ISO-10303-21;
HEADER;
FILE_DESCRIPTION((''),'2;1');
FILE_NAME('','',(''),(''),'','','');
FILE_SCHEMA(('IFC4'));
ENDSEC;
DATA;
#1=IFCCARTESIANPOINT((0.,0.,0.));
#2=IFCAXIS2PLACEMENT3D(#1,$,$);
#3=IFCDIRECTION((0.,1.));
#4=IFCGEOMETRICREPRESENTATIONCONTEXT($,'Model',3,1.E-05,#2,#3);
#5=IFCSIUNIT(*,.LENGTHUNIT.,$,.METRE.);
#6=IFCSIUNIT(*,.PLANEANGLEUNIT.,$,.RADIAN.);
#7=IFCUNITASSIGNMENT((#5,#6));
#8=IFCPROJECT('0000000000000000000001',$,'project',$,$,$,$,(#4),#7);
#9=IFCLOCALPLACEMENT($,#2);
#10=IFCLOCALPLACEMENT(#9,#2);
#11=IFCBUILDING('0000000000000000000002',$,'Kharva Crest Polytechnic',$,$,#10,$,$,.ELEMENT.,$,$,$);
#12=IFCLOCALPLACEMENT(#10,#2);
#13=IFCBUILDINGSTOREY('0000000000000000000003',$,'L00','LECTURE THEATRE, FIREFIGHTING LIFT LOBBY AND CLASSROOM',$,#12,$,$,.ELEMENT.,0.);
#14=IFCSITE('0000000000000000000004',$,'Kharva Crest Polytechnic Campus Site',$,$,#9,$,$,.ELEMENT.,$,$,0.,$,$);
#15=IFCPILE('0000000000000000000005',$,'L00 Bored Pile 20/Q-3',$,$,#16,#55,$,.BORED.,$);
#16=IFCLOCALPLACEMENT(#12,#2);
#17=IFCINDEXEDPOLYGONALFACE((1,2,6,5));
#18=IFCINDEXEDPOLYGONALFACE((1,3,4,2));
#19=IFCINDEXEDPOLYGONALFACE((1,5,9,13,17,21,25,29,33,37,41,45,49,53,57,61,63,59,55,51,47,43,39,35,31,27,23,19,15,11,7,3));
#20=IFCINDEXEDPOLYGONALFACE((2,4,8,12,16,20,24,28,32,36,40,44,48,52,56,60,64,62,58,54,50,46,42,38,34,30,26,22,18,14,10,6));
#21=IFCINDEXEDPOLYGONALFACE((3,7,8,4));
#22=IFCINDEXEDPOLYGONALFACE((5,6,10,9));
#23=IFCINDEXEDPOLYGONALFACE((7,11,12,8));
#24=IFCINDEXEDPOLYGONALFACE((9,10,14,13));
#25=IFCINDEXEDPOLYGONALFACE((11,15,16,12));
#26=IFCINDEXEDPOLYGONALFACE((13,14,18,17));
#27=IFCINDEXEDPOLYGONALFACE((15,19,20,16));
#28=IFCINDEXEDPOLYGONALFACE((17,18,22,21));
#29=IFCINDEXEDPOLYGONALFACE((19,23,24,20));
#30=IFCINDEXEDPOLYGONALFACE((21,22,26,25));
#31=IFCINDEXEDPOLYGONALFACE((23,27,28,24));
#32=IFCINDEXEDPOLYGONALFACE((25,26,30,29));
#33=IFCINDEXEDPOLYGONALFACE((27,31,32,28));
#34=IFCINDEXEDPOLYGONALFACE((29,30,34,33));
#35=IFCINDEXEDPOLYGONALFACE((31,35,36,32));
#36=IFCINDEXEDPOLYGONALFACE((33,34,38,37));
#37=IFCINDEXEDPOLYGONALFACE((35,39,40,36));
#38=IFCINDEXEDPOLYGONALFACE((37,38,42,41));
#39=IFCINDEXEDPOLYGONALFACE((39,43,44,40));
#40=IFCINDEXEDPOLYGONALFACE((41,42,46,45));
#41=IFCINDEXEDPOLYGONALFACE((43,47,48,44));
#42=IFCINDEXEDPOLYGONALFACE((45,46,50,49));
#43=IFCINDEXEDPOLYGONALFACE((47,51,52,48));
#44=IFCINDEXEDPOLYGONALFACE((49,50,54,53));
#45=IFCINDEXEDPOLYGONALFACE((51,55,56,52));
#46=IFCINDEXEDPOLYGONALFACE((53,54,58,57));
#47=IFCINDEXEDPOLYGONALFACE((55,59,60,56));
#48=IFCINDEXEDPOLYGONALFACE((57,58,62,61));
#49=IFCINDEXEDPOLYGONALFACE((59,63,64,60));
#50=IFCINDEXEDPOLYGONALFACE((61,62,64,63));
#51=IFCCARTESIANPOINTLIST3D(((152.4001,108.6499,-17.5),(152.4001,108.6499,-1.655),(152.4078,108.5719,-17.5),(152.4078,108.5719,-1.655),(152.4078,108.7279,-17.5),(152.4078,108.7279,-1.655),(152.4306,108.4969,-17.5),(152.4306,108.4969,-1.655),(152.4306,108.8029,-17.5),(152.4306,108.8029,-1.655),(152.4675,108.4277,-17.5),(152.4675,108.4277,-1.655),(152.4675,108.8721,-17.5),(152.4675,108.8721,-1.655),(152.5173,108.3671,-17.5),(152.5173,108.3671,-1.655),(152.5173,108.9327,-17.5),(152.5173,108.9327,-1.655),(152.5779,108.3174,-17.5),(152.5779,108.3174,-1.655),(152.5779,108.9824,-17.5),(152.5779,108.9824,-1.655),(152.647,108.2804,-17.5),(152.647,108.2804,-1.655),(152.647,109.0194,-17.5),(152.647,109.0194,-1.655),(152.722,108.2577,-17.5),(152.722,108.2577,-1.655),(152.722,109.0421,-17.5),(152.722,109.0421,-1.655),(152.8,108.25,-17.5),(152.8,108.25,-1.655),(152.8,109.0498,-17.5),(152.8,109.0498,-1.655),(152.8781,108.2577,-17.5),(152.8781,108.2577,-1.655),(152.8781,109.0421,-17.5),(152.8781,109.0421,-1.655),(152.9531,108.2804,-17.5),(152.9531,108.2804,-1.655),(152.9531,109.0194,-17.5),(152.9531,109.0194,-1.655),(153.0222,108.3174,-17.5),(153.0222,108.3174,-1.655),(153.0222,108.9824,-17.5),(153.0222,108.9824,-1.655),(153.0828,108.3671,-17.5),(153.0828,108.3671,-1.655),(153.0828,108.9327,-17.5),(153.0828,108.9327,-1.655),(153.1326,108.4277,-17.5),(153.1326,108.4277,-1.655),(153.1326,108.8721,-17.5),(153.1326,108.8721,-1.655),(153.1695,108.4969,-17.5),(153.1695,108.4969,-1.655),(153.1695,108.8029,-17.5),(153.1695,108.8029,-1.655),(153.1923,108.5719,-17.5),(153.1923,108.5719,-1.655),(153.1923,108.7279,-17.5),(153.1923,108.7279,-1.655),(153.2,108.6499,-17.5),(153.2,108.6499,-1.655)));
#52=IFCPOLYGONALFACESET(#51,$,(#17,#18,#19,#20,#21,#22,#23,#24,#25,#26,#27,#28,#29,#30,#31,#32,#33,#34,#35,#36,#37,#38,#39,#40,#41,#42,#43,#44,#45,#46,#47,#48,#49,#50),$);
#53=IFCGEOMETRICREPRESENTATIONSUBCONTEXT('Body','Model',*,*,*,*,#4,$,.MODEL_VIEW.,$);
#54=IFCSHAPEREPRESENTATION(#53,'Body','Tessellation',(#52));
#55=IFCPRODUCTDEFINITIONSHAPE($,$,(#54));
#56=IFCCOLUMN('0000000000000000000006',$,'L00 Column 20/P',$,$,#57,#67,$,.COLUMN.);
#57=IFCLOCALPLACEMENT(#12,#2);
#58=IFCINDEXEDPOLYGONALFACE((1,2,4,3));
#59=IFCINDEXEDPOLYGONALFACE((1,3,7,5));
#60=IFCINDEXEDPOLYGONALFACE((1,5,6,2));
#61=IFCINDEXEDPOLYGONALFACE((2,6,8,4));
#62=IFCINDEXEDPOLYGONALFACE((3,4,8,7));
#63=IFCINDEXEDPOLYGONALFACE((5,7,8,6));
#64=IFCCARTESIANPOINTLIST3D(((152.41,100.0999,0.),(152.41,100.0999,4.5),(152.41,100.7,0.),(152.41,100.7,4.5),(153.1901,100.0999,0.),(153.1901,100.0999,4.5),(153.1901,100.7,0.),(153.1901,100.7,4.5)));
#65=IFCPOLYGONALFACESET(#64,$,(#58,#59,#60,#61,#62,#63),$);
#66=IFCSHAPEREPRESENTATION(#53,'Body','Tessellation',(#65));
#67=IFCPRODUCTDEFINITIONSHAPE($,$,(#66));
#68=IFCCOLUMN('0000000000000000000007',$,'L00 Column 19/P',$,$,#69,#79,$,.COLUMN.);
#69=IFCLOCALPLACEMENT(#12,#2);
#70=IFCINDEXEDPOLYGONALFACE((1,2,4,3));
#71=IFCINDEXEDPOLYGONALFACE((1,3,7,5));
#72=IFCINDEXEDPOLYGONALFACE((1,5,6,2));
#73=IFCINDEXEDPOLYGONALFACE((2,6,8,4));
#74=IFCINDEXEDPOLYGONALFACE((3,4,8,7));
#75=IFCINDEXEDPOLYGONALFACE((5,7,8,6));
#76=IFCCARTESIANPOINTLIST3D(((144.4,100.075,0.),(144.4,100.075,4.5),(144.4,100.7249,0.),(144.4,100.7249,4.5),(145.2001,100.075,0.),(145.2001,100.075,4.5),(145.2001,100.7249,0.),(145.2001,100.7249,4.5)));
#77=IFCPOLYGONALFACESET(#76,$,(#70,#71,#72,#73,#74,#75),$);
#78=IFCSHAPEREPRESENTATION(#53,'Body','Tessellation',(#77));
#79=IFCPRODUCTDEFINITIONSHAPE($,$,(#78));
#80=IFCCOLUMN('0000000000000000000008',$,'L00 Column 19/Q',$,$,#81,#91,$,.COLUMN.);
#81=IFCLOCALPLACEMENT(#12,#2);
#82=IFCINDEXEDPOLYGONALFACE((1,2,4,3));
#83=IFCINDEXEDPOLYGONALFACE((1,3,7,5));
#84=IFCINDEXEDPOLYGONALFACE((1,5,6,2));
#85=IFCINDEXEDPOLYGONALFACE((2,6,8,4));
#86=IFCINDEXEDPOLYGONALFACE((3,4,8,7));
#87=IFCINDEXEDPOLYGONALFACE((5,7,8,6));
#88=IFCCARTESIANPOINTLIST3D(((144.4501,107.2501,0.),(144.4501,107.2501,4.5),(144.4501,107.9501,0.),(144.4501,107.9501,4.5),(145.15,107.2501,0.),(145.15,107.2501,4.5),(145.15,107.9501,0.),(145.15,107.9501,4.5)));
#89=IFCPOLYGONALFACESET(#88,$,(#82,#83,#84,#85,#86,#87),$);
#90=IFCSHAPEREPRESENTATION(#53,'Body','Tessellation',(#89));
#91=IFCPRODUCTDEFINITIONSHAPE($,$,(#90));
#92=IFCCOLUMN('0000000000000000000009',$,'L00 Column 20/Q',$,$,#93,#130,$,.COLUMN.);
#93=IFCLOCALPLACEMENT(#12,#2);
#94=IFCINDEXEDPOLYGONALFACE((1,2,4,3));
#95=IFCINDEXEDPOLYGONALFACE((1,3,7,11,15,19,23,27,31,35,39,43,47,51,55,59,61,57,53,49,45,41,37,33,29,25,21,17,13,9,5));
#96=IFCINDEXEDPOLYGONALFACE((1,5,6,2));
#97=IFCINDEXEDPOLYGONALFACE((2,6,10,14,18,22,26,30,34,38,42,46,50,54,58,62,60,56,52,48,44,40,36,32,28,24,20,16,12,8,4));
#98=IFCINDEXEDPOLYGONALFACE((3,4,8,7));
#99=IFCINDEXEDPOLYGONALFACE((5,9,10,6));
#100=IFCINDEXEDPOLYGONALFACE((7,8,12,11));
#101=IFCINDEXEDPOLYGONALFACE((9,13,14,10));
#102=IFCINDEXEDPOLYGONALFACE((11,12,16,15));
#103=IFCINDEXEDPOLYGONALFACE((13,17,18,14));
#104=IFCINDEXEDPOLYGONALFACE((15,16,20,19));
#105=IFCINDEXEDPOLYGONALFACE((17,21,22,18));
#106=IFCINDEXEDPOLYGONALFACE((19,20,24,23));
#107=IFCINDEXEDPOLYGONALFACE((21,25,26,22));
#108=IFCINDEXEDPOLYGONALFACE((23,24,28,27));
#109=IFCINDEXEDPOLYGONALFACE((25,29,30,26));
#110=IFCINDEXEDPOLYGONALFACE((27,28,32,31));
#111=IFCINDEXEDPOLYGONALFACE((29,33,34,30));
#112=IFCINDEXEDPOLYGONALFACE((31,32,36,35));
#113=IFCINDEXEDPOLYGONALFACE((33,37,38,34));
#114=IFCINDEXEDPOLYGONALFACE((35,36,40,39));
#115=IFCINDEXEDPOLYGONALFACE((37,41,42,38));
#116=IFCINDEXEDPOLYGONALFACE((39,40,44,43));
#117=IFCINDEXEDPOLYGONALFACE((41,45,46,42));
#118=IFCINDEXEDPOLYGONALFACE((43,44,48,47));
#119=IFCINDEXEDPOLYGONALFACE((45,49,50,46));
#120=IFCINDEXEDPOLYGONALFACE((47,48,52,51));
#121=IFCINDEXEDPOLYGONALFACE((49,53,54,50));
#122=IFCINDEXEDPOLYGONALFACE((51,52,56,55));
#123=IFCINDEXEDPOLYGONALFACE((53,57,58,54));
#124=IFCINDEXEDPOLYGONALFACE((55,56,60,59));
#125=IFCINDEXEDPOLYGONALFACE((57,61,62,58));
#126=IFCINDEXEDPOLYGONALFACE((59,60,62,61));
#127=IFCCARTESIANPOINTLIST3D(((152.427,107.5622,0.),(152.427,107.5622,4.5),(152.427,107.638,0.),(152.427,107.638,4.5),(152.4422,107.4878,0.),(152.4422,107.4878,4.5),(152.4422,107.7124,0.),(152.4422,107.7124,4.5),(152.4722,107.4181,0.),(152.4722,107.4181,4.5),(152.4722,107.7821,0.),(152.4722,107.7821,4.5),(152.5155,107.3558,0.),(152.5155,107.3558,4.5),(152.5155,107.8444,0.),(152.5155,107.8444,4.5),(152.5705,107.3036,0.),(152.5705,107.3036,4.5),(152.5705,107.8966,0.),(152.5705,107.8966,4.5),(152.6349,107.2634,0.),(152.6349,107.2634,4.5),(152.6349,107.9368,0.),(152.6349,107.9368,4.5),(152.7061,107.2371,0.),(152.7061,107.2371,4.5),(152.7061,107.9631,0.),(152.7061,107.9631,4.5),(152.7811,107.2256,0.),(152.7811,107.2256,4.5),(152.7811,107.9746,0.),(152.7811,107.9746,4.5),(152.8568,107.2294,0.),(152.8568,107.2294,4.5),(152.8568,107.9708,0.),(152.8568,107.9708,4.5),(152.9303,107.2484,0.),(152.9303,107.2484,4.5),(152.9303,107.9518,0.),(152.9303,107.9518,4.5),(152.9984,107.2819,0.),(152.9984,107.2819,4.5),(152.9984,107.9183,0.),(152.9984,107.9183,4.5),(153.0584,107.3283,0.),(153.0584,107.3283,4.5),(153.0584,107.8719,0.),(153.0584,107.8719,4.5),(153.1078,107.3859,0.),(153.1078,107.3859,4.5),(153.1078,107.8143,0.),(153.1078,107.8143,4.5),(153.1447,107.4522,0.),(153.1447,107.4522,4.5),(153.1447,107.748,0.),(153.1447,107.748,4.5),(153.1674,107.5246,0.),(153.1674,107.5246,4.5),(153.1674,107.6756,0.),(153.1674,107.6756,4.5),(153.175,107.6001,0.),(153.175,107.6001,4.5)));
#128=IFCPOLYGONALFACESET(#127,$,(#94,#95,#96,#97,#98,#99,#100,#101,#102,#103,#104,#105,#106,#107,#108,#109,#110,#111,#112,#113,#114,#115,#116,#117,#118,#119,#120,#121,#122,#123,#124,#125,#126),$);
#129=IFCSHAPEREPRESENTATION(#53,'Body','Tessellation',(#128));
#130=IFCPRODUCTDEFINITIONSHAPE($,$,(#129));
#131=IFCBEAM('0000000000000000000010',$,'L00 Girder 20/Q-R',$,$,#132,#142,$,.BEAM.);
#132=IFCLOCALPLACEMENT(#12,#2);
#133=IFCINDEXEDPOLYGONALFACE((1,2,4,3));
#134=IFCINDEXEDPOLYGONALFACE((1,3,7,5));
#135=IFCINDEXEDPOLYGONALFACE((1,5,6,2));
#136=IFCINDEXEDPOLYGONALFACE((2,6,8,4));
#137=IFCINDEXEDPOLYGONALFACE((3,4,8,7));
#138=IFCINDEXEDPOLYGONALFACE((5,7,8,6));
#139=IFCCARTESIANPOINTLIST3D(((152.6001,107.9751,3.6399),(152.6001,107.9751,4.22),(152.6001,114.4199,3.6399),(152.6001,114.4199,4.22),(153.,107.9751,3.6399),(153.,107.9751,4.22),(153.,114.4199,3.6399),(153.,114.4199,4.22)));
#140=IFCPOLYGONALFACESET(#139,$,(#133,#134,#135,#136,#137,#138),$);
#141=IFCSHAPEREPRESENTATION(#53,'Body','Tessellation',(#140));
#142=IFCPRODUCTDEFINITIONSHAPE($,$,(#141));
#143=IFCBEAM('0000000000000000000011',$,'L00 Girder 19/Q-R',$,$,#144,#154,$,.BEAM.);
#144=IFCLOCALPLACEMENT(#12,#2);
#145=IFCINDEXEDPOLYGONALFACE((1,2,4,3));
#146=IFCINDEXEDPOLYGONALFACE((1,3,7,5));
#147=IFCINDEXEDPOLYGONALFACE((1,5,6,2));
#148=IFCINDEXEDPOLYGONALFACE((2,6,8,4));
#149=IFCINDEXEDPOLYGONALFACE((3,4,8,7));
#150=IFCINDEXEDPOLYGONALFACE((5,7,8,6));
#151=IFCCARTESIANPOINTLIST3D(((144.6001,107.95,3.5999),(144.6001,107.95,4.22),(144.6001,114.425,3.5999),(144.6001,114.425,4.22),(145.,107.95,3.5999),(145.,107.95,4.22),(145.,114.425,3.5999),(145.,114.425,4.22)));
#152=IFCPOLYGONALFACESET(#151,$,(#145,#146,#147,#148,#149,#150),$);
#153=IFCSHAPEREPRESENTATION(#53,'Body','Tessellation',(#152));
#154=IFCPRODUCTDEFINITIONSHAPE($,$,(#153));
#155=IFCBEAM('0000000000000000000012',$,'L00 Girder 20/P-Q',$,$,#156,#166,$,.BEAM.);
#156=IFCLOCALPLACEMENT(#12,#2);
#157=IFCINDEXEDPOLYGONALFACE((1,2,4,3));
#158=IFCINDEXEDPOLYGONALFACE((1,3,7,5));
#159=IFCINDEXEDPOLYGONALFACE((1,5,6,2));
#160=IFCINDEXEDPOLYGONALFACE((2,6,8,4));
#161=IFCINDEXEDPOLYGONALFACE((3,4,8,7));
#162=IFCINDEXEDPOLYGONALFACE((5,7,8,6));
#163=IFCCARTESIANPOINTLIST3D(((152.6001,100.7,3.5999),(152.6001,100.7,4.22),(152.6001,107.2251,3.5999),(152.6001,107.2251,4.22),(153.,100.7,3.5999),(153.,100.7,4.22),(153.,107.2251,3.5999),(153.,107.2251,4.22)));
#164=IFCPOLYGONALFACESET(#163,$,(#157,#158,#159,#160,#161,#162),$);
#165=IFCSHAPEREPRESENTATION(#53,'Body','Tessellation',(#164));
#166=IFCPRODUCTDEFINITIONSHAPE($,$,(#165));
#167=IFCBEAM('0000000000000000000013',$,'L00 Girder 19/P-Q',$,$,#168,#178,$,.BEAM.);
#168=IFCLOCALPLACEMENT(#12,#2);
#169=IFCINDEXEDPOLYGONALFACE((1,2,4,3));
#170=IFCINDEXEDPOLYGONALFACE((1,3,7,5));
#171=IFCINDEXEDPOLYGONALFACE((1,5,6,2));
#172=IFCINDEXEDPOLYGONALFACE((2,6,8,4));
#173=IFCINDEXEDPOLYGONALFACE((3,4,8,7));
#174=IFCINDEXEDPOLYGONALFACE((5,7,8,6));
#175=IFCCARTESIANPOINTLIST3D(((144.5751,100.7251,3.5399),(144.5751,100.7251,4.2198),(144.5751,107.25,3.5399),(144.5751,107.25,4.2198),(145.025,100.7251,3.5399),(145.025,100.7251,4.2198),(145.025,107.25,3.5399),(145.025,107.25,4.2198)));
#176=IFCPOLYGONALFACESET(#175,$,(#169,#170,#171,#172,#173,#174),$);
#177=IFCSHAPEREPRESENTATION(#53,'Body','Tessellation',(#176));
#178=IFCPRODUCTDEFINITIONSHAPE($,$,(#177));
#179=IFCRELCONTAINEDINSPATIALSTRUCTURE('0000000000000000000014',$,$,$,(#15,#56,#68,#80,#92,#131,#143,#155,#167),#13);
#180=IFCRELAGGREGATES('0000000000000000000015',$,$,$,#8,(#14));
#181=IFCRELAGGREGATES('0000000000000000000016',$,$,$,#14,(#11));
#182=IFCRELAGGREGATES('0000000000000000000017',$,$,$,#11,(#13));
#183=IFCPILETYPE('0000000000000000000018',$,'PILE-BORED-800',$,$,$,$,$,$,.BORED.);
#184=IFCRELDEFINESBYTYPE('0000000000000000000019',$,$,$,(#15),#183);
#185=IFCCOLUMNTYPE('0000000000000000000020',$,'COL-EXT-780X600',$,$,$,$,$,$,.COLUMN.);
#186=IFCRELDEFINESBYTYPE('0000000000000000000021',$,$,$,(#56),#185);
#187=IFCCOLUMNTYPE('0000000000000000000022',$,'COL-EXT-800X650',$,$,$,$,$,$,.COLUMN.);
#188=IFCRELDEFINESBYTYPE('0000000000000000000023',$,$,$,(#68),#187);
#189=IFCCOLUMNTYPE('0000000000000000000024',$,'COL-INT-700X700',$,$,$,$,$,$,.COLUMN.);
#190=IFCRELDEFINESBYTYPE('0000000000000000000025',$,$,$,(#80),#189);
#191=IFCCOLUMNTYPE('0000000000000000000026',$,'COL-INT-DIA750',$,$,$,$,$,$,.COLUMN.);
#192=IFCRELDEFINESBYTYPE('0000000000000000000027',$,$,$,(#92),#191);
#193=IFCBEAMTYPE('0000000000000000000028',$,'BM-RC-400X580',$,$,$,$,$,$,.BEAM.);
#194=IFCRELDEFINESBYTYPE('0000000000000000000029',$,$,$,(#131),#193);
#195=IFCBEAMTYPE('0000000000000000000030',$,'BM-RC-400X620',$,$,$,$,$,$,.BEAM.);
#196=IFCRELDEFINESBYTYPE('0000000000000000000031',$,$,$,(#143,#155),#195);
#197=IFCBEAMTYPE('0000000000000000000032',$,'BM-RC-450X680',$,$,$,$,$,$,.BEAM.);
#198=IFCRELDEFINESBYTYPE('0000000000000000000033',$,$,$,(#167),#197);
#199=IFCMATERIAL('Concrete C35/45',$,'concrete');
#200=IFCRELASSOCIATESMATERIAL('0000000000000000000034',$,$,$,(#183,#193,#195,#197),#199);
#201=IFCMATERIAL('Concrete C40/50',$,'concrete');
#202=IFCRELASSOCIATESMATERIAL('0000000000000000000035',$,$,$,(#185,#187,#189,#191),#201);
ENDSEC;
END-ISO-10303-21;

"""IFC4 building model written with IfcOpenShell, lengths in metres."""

from ifc_helpers import new_model, si_unit, direction, frame, origin, origin_2d, place, context, subcontext, project, spatial, rectangle, circle, extrude, material, material_profile, profile_set, type_object, element, save


model = new_model("IFC4")

# Units and contexts
model_context = context("Model", 3, precision=1e-05, world=origin(), true_north=direction((0.0, 1.0)))
body_context = subcontext(model_context, "Body", "Model", "MODEL_VIEW")
ifc_project = project(units=[si_unit("LENGTHUNIT", "METRE"), si_unit("PLANEANGLEUNIT", "RADIAN")], contexts=[model_context])

# Site, building, storey
site_placement = place(None, origin())
site = spatial("IfcSite", under=ifc_project, at=site_placement, Name="Kharva Crest Polytechnic Campus Site", CompositionType="ELEMENT", RefElevation=0.0)
building_placement = place(site_placement, origin())
building = spatial("IfcBuilding", under=site, at=building_placement, Name="Kharva Crest Polytechnic", CompositionType="ELEMENT")
storey_placement = place(building_placement, origin())
storey = spatial("IfcBuildingStorey", under=building, at=storey_placement, Name="L00", Description="LECTURE THEATRE, FIREFIGHTING LIFT LOBBY AND CLASSROOM", CompositionType="ELEMENT", Elevation=0.0)

# Shared definitions
ifc_material_1 = material(Name="Concrete C35/45", Category="concrete")

# Pile
ifc_material_profile_1 = material_profile(ifc_material_1, circle(Radius=0.3999, at=origin_2d()), Name="DIA 800")
ifc_profile_set_1 = profile_set([ifc_material_profile_1], Name="Concrete C35/45")
pile_type_1 = type_object("IfcPileType", Name="PILE-BORED-800", PredefinedType="BORED", material=ifc_profile_set_1)
for number, where, z_axis, x_axis, name in (
    (1, (152.8, 108.6499, -1.655), (0.0, 0.0, -1.0), (1.0, 0.0, 0.0), "L00 Bored Pile 20/Q-3"),
):
    element("IfcPile", number, at=place(storey_placement, frame(where, z_axis=z_axis, x_axis=x_axis)), inside=storey, type_object=pile_type_1, Name=name, PredefinedType="BORED", context=body_context, shape_type="SweptSolid", body=[
        extrude(circle(Radius=0.3999, at=origin_2d()), origin(), (0.0, 0.0, 1.0), 15.845),
    ])

# Columns
ifc_material_2 = material(Name="Concrete C40/50", Category="concrete")
ifc_material_profile_2 = material_profile(ifc_material_2, rectangle(XDim=0.78, YDim=0.6001, at=origin_2d()), Name="RECT 780 X 600")
ifc_profile_set_2 = profile_set([ifc_material_profile_2], Name="Concrete C40/50")
column_type_1 = type_object("IfcColumnType", Name="COL-EXT-780X600", PredefinedType="COLUMN", material=ifc_profile_set_2)
column_1_placement = place(storey_placement, frame((152.8, 100.3999, 0.0), z_axis=(0.0, 0.0, 1.0), x_axis=(1.0, 0.0, 0.0)))
element("IfcColumn", 2, at=column_1_placement, inside=storey, type_object=column_type_1, Name="L00 Column 20/P", PredefinedType="COLUMN", context=body_context, shape_type="SweptSolid", body=[
    extrude(rectangle(XDim=0.78, YDim=0.6001, at=origin_2d()), origin(), (0.0, 0.0, 1.0), 4.5),
])
ifc_material_profile_3 = material_profile(ifc_material_2, rectangle(XDim=0.8, YDim=0.6499, at=origin_2d()), Name="RECT 800 X 650")
ifc_profile_set_3 = profile_set([ifc_material_profile_3], Name="Concrete C40/50")
column_type_2 = type_object("IfcColumnType", Name="COL-EXT-800X650", PredefinedType="COLUMN", material=ifc_profile_set_3)
column_2_placement = place(storey_placement, frame((144.8, 100.3999, 0.0), z_axis=(0.0, 0.0, 1.0), x_axis=(1.0, 0.0, 0.0)))
element("IfcColumn", 3, at=column_2_placement, inside=storey, type_object=column_type_2, Name="L00 Column 19/P", PredefinedType="COLUMN", context=body_context, shape_type="SweptSolid", body=[
    extrude(rectangle(XDim=0.8, YDim=0.6499, at=origin_2d()), origin(), (0.0, 0.0, 1.0), 4.5),
])
ifc_material_profile_4 = material_profile(ifc_material_2, rectangle(XDim=0.7, YDim=0.7, at=origin_2d()), Name="RECT 700 X 700")
ifc_profile_set_4 = profile_set([ifc_material_profile_4], Name="Concrete C40/50")
column_type_3 = type_object("IfcColumnType", Name="COL-INT-700X700", PredefinedType="COLUMN", material=ifc_profile_set_4)
column_3_placement = place(storey_placement, frame((144.8, 107.6001, 0.0), z_axis=(0.0, 0.0, 1.0), x_axis=(1.0, 0.0, 0.0)))
element("IfcColumn", 4, at=column_3_placement, inside=storey, type_object=column_type_3, Name="L00 Column 19/Q", PredefinedType="COLUMN", context=body_context, shape_type="SweptSolid", body=[
    extrude(rectangle(XDim=0.7, YDim=0.7, at=origin_2d()), origin(), (0.0, 0.0, 1.0), 4.5),
])
ifc_material_profile_5 = material_profile(ifc_material_2, circle(Radius=0.375, at=origin_2d()), Name="DIA 750")
ifc_profile_set_5 = profile_set([ifc_material_profile_5], Name="Concrete C40/50")
column_type_4 = type_object("IfcColumnType", Name="COL-INT-DIA750", PredefinedType="COLUMN", material=ifc_profile_set_5)
column_4_placement = place(storey_placement, frame((152.8, 107.6001, 0.0), z_axis=(0.0, 0.0, 1.0), x_axis=(1.0, 0.0, 0.0)))
element("IfcColumn", 5, at=column_4_placement, inside=storey, type_object=column_type_4, Name="L00 Column 20/Q", PredefinedType="COLUMN", context=body_context, shape_type="SweptSolid", body=[
    extrude(circle(Radius=0.375, at=origin_2d()), origin(), (0.0, 0.0, 1.0), 4.5),
])

# Beams
ifc_material_profile_6 = material_profile(ifc_material_1, rectangle(XDim=0.3999, YDim=0.5801, at=origin_2d()), Name="RECT 400 X 580")
ifc_profile_set_6 = profile_set([ifc_material_profile_6], Name="Concrete C35/45")
beam_type_1 = type_object("IfcBeamType", Name="BM-RC-400X580", PredefinedType="BEAM", material=ifc_profile_set_6)
beam_1_placement = place(storey_placement, frame((152.8, 107.9751, 3.9299), z_axis=(0.0, 1.0, 0.0), x_axis=(-1.0, 0.0, 0.0)))
element("IfcBeam", 6, at=beam_1_placement, inside=storey, type_object=beam_type_1, Name="L00 Girder 20/Q-R", PredefinedType="BEAM", context=body_context, shape_type="SweptSolid", body=[
    extrude(rectangle(XDim=0.3999, YDim=0.5801, at=origin_2d()), origin(), (0.0, 0.0, 1.0), 6.4448),
])
ifc_material_profile_7 = material_profile(ifc_material_1, rectangle(XDim=0.3999, YDim=0.6201, at=origin_2d()), Name="RECT 400 X 620")
ifc_profile_set_7 = profile_set([ifc_material_profile_7], Name="Concrete C35/45")
beam_type_2 = type_object("IfcBeamType", Name="BM-RC-400X620", PredefinedType="BEAM", material=ifc_profile_set_7)
beam_2_placement = place(storey_placement, frame((144.8, 107.95, 3.9099), z_axis=(0.0, 1.0, 0.0), x_axis=(-1.0, 0.0, 0.0)))
element("IfcBeam", 7, at=beam_2_placement, inside=storey, type_object=beam_type_2, Name="L00 Girder 19/Q-R", PredefinedType="BEAM", context=body_context, shape_type="SweptSolid", body=[
    extrude(rectangle(XDim=0.3999, YDim=0.6201, at=origin_2d()), origin(), (0.0, 0.0, 1.0), 6.4751),
])
beam_3_placement = place(storey_placement, frame((152.8, 100.7, 3.9099), z_axis=(0.0, 1.0, 0.0), x_axis=(-1.0, 0.0, 0.0)))
element("IfcBeam", 8, at=beam_3_placement, inside=storey, type_object=beam_type_2, Name="L00 Girder 20/P-Q", PredefinedType="BEAM", context=body_context, shape_type="SweptSolid", body=[
    extrude(rectangle(XDim=0.3999, YDim=0.6201, at=origin_2d()), origin(), (0.0, 0.0, 1.0), 6.5251),
])
ifc_material_profile_8 = material_profile(ifc_material_1, rectangle(XDim=0.45, YDim=0.6799, at=origin_2d()), Name="RECT 450 X 680")
ifc_profile_set_8 = profile_set([ifc_material_profile_8], Name="Concrete C35/45")
beam_type_3 = type_object("IfcBeamType", Name="BM-RC-450X680", PredefinedType="BEAM", material=ifc_profile_set_8)
beam_4_placement = place(storey_placement, frame((144.8, 100.7251, 3.8799), z_axis=(0.0, 1.0, 0.0), x_axis=(-1.0, 0.0, 0.0)))
element("IfcBeam", 9, at=beam_4_placement, inside=storey, type_object=beam_type_3, Name="L00 Girder 19/P-Q", PredefinedType="BEAM", context=body_context, shape_type="SweptSolid", body=[
    extrude(rectangle(XDim=0.45, YDim=0.6799, at=origin_2d()), origin(), (0.0, 0.0, 1.0), 6.5249),
])

save(model, "model.ifc")
